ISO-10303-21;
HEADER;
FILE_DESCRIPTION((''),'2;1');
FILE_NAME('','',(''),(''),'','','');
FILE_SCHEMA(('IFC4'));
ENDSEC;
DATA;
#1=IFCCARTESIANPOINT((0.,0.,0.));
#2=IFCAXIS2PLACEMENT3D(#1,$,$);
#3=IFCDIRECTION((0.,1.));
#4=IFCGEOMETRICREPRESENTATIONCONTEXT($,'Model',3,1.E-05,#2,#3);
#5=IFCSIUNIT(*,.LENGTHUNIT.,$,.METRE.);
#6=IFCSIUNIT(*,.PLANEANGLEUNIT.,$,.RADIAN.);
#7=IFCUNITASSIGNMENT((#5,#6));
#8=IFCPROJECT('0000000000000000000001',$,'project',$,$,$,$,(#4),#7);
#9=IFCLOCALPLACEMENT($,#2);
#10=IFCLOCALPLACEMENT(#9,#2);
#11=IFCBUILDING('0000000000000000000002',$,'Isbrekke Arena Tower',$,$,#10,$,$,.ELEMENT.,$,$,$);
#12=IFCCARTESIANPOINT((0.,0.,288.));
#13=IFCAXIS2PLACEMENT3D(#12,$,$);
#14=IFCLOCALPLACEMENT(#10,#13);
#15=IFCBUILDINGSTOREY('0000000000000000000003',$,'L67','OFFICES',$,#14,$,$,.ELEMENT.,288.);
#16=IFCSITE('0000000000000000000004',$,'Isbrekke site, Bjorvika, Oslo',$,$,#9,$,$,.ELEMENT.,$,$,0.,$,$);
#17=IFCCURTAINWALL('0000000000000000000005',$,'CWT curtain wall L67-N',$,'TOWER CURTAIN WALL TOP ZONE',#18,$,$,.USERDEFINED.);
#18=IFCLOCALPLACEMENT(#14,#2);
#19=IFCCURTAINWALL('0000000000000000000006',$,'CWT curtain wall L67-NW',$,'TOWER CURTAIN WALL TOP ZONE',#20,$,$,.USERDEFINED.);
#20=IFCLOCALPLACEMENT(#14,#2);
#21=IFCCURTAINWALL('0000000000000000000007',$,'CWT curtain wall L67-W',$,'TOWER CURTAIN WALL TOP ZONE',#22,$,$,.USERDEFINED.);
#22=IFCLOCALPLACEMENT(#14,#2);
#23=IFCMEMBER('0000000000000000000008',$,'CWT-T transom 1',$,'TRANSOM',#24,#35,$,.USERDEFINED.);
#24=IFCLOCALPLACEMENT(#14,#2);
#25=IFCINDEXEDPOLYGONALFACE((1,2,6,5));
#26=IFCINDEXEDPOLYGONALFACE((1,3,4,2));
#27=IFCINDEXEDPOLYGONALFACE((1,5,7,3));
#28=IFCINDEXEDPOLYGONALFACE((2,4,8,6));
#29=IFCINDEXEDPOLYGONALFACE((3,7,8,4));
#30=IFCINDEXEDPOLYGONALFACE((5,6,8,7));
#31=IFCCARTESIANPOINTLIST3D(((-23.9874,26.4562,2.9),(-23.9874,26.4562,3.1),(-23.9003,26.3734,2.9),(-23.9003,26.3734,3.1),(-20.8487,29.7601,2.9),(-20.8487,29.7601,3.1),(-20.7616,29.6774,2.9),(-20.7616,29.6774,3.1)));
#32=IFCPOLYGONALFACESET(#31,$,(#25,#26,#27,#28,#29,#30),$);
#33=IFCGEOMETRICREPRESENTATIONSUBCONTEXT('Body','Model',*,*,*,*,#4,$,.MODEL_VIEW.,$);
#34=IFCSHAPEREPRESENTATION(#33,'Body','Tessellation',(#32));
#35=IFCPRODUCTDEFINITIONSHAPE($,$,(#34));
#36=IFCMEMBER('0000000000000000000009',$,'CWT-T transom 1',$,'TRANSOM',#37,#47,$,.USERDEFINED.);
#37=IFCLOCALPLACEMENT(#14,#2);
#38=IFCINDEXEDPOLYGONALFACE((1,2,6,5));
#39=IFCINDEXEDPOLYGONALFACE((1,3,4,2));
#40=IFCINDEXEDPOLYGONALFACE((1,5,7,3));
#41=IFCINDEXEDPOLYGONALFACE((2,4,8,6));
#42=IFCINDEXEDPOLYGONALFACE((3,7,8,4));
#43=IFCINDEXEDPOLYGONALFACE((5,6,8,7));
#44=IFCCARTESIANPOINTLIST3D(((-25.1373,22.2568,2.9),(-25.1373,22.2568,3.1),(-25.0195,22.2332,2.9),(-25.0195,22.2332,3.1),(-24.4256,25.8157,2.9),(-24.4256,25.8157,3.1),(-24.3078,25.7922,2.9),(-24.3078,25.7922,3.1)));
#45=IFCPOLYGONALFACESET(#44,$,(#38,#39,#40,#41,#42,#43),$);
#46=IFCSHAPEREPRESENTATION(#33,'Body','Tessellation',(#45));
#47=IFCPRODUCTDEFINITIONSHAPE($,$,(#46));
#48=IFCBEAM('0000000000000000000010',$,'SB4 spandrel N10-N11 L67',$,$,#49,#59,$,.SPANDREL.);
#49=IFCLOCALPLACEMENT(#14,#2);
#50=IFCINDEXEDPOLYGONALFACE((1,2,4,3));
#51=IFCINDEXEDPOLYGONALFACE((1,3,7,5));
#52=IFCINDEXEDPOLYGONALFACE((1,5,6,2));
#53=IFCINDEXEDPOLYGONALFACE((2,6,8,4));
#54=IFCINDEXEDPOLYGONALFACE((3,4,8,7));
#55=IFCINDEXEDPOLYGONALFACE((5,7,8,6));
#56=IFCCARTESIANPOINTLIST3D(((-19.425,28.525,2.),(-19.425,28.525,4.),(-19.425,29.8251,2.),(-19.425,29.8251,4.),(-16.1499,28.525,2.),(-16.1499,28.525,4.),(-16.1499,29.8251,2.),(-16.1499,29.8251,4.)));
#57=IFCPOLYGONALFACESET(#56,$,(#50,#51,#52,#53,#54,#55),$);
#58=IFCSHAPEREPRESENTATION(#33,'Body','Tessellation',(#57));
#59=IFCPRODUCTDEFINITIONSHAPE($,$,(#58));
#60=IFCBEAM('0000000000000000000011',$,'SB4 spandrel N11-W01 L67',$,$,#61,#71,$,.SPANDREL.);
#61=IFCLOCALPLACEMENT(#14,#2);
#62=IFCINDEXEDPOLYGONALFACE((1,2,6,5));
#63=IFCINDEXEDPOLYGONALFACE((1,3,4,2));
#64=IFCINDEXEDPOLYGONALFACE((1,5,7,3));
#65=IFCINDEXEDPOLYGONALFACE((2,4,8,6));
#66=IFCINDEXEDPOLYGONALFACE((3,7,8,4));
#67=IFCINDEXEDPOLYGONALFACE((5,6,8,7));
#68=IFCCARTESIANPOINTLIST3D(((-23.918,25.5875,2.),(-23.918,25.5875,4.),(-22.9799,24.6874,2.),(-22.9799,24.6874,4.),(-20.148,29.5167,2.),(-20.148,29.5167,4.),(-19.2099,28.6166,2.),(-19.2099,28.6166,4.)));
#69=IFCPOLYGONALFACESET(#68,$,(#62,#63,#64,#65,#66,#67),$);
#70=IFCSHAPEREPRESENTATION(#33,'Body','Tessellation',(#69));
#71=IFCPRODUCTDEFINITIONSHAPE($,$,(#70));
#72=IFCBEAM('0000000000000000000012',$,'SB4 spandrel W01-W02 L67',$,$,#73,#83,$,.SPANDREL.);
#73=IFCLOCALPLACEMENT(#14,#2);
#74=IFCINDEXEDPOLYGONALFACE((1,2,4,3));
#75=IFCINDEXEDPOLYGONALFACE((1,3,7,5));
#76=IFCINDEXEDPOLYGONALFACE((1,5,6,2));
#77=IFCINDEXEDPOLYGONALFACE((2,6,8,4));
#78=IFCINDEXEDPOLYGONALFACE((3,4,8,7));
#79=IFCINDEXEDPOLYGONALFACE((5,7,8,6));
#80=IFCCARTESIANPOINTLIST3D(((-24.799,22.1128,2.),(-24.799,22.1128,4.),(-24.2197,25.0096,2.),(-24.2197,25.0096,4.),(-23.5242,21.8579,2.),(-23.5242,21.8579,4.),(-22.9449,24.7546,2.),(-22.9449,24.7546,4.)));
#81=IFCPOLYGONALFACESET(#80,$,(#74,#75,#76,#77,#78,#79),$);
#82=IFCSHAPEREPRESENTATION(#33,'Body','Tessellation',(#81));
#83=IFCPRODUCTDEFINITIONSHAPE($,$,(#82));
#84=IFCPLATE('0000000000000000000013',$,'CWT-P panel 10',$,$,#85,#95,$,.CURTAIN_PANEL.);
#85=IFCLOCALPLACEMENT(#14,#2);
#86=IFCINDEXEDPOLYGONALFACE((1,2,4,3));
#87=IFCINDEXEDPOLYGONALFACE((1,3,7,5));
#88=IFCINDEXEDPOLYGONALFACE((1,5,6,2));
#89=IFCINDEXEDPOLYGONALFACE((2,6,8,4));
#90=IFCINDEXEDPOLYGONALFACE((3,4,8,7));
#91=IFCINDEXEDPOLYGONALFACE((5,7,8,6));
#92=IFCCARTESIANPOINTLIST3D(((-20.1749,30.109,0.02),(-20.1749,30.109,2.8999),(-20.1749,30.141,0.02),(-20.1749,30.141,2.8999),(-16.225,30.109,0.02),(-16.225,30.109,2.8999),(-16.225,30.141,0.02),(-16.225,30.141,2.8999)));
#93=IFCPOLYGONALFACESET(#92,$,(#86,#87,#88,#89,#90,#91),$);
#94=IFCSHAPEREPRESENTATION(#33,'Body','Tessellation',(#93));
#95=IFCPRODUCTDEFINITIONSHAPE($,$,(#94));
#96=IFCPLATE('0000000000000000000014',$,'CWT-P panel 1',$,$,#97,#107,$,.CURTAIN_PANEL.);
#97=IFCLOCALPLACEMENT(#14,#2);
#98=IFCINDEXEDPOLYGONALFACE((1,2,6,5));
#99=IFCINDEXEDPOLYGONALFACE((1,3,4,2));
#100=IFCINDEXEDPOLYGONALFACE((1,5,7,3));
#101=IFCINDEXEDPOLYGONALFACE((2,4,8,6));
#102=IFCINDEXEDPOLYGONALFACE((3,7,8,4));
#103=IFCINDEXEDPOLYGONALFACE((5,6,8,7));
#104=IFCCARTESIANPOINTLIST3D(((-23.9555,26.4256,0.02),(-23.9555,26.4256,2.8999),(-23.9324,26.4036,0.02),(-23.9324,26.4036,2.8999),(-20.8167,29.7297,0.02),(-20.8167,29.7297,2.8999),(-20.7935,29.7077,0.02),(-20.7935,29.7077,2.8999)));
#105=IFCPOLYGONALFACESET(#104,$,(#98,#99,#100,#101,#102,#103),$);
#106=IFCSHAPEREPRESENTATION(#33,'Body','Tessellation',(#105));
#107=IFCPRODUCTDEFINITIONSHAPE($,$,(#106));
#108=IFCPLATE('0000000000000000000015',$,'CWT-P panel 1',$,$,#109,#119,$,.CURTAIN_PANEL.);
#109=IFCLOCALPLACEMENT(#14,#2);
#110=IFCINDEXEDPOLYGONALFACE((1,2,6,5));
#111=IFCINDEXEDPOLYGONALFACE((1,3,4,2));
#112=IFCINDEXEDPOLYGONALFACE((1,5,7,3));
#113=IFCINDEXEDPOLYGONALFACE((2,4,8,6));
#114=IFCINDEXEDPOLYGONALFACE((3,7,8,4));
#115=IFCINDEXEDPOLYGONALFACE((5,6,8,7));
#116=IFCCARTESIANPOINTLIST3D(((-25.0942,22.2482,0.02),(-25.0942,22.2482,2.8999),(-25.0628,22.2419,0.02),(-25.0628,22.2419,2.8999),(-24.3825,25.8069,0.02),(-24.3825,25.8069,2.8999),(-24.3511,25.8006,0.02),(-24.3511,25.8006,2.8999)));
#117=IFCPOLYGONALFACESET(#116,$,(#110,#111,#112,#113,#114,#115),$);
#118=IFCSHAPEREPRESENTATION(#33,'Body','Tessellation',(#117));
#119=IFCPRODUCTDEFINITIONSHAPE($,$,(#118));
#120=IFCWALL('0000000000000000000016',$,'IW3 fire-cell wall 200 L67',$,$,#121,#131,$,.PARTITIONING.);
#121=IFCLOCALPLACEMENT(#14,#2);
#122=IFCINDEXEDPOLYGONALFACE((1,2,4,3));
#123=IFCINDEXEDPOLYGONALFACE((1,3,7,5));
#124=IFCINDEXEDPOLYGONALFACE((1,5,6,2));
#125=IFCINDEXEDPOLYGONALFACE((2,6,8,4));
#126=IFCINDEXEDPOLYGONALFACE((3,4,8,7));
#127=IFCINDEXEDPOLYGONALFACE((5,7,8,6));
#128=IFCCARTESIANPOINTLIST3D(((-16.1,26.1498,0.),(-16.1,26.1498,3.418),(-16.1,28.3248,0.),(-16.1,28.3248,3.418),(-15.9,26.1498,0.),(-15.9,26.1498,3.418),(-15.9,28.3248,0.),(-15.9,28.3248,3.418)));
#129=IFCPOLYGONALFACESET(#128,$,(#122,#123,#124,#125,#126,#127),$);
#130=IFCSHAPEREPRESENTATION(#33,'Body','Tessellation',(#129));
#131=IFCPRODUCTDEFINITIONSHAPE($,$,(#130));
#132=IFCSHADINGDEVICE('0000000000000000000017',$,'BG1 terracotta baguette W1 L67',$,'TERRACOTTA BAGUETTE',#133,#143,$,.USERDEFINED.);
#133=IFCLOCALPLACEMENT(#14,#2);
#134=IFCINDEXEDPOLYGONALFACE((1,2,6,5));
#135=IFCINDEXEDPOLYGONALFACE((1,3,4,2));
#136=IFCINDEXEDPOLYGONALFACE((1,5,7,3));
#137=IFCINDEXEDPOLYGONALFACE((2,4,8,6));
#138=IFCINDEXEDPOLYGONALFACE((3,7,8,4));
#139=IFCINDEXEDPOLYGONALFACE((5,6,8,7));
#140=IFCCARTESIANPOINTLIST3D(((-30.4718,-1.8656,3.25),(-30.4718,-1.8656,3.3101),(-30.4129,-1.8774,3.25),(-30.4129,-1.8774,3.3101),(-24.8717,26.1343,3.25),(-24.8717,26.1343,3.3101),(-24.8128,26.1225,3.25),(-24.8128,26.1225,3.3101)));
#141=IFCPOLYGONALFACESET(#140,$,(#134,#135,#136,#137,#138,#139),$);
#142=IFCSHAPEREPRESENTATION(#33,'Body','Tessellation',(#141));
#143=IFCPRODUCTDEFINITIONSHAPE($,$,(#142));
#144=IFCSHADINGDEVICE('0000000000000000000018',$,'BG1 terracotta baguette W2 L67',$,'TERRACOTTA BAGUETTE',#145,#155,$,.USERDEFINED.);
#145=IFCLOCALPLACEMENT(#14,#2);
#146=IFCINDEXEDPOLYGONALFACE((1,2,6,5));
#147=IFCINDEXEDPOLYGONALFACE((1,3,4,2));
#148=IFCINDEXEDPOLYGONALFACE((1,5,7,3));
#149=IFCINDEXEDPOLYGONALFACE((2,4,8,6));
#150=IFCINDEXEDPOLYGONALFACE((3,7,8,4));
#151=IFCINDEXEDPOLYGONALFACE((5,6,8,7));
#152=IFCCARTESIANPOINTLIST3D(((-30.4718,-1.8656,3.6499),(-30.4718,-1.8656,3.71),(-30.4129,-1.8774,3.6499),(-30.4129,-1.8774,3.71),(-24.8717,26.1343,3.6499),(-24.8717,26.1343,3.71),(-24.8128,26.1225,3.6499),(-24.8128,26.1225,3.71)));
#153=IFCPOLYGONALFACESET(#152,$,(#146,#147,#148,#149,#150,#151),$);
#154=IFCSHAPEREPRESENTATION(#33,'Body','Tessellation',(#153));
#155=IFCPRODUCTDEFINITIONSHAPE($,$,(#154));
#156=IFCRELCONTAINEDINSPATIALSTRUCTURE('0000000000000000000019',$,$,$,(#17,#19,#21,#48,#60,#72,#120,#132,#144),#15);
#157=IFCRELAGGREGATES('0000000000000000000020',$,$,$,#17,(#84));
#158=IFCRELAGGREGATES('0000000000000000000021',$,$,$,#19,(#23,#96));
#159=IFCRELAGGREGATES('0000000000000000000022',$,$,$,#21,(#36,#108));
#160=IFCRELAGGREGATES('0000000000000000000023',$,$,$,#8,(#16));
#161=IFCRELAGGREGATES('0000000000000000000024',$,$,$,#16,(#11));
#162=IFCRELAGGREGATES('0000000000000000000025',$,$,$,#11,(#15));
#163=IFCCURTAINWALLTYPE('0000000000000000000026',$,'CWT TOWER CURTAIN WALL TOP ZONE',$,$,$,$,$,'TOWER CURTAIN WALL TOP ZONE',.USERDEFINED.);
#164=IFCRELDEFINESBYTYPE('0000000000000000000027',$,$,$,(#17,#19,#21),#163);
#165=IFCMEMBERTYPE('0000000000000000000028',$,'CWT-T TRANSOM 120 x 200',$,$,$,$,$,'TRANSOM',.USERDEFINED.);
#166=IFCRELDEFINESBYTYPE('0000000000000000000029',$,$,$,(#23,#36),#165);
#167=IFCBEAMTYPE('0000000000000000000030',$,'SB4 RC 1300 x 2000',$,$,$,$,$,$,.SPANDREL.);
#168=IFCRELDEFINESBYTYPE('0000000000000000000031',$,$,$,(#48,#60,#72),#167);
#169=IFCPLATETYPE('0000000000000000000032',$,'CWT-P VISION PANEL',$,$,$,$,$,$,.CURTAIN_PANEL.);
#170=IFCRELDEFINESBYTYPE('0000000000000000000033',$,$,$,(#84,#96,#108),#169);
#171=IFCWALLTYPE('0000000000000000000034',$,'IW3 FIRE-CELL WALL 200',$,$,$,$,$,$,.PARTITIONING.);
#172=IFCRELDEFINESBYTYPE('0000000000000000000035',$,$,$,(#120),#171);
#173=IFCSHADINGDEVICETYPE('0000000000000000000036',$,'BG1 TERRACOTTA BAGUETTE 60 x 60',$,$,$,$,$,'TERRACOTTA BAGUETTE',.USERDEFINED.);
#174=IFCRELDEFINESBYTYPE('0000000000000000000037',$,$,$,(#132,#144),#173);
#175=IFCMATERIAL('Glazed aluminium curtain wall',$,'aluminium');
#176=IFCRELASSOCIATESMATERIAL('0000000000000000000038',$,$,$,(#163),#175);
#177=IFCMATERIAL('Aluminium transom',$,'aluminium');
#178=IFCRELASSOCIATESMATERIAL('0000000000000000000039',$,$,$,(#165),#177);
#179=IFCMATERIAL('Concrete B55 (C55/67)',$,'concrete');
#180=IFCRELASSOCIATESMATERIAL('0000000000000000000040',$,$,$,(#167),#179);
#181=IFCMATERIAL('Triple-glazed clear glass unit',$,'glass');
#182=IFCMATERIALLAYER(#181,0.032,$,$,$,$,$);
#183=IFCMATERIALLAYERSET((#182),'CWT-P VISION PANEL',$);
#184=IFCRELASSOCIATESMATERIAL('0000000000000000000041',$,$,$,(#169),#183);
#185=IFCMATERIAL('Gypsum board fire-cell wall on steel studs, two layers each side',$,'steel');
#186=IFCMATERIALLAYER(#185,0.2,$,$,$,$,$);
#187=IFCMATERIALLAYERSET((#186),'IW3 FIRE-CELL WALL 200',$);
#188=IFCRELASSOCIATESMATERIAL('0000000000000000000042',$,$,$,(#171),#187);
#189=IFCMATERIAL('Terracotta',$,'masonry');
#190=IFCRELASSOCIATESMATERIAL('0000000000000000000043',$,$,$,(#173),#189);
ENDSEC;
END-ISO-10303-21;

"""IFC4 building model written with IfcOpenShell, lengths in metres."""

from ifc_helpers import new_model, si_unit, direction, frame, frame_2d, origin, origin_2d, place, context, subcontext, project, spatial, rectangle, extrude, material, layer, layer_set, material_profile, profile_set, type_object, element, aggregate, save


model = new_model("IFC4")

# Units and contexts
model_context = context("Model", 3, precision=1e-05, world=origin(), true_north=direction((0.0, 1.0)))
body_context = subcontext(model_context, "Body", "Model", "MODEL_VIEW")
ifc_project = project(units=[si_unit("LENGTHUNIT", "METRE"), si_unit("PLANEANGLEUNIT", "RADIAN")], contexts=[model_context])

# Site, building, storey
site_placement = place(None, origin())
site = spatial("IfcSite", under=ifc_project, at=site_placement, Name="Isbrekke site, Bjorvika, Oslo", CompositionType="ELEMENT", RefElevation=0.0)
building_placement = place(site_placement, origin())
building = spatial("IfcBuilding", under=site, at=building_placement, Name="Isbrekke Arena Tower", CompositionType="ELEMENT")
storey_placement = place(building_placement, frame((0.0, 0.0, 288.0)))
storey = spatial("IfcBuildingStorey", under=building, at=storey_placement, Name="L67", Description="OFFICES", CompositionType="ELEMENT", Elevation=288.0)

# Curtain wall
ifc_material_1 = material(Name="Glazed aluminium curtain wall", Category="aluminium")
curtain_wall_type = type_object("IfcCurtainWallType", Name="CWT TOWER CURTAIN WALL TOP ZONE", ElementType="TOWER CURTAIN WALL TOP ZONE", PredefinedType="USERDEFINED", material=ifc_material_1)
curtain_wall_1_placement = place(storey_placement, origin())
curtain_wall_1 = element("IfcCurtainWall", 1, at=curtain_wall_1_placement, inside=storey, type_object=curtain_wall_type, Name="CWT curtain wall L67-N", ObjectType="TOWER CURTAIN WALL TOP ZONE", PredefinedType="USERDEFINED")

# Curtain wall
curtain_wall_2_placement = place(storey_placement, origin())
curtain_wall_2 = element("IfcCurtainWall", 2, at=curtain_wall_2_placement, inside=storey, type_object=curtain_wall_type, Name="CWT curtain wall L67-NW", ObjectType="TOWER CURTAIN WALL TOP ZONE", PredefinedType="USERDEFINED")

# Curtain wall
curtain_wall_3_placement = place(storey_placement, origin())
curtain_wall_3 = element("IfcCurtainWall", 3, at=curtain_wall_3_placement, inside=storey, type_object=curtain_wall_type, Name="CWT curtain wall L67-W", ObjectType="TOWER CURTAIN WALL TOP ZONE", PredefinedType="USERDEFINED")

# Members
ifc_material_2 = material(Name="Aluminium transom", Category="aluminium")
ifc_material_profile_1 = material_profile(ifc_material_2, rectangle(XDim=0.1201, YDim=0.2, at=origin_2d()), Name="TRANSOM 120X200")
ifc_profile_set_1 = profile_set([ifc_material_profile_1], Name="Aluminium transom")
member_type_1 = type_object("IfcMemberType", Name="CWT-T TRANSOM 120 x 200", ElementType="TRANSOM", PredefinedType="USERDEFINED", material=ifc_profile_set_1)
member_1_placement = place(storey_placement, frame((-20.8052, 29.7188, 3.0), z_axis=(-0.68874, -0.725009, 0.0), x_axis=(0.725009, -0.68874, 0.0)))
member_1 = element("IfcMember", 4, at=member_1_placement, type_object=member_type_1, Name="CWT-T transom 1", ObjectType="TRANSOM", PredefinedType="USERDEFINED", context=body_context, shape_type="SweptSolid", body=[
    extrude(rectangle(XDim=0.1201, YDim=0.2, at=origin_2d()), origin(), (0.0, 0.0, 1.0), 4.5571),
])
member_2_placement = place(storey_placement, frame((-24.3667, 25.804, 3.0), z_axis=(-0.19609, -0.980586, 0.0), x_axis=(0.980586, -0.19609, 0.0)))
member_2 = element("IfcMember", 5, at=member_2_placement, type_object=member_type_1, Name="CWT-T transom 1", ObjectType="TRANSOM", PredefinedType="USERDEFINED", context=body_context, shape_type="SweptSolid", body=[
    extrude(rectangle(XDim=0.1201, YDim=0.2, at=origin_2d()), origin(), (0.0, 0.0, 1.0), 3.6294),
])

# Beams
ifc_material_3 = material(Name="Concrete B55 (C55/67)", Category="concrete")
ifc_material_profile_2 = material_profile(ifc_material_3, rectangle(XDim=1.3, YDim=2.0, at=origin_2d()), Name="RC 1300x2000")
ifc_profile_set_2 = profile_set([ifc_material_profile_2], Name="Concrete B55 (C55/67)")
beam_type_1 = type_object("IfcBeamType", Name="SB4 RC 1300 x 2000", PredefinedType="SPANDREL", material=ifc_profile_set_2)
beam_1_placement = place(storey_placement, frame((-16.1499, 29.175, 3.0), z_axis=(-1.0, 0.0, 0.0), x_axis=(0.0, -1.0, 0.0)))
element("IfcBeam", 6, at=beam_1_placement, inside=storey, type_object=beam_type_1, Name="SB4 spandrel N10-N11 L67", PredefinedType="SPANDREL", context=body_context, shape_type="SweptSolid", body=[
    extrude(rectangle(XDim=1.3, YDim=2.0, at=origin_2d()), origin(), (0.0, 0.0, 1.0), 3.2751),
])
beam_2_placement = place(storey_placement, frame((-19.679, 29.0667, 3.0), z_axis=(-0.69234, -0.721572, 0.0), x_axis=(0.721572, -0.69234, 0.0)))
element("IfcBeam", 7, at=beam_2_placement, inside=storey, type_object=beam_type_1, Name="SB4 spandrel N11-W01 L67", PredefinedType="SPANDREL", context=body_context, shape_type="SweptSolid", body=[
    extrude(rectangle(XDim=1.3, YDim=2.0, at=origin_2d()), origin(), (0.0, 0.0, 1.0), 5.4453),
])
beam_3_placement = place(storey_placement, frame((-23.5823, 24.8821, 3.0), z_axis=(-0.196116, -0.980581, 0.0), x_axis=(0.980581, -0.196116, 0.0)))
element("IfcBeam", 8, at=beam_3_placement, inside=storey, type_object=beam_type_1, Name="SB4 spandrel W01-W02 L67", PredefinedType="SPANDREL", context=body_context, shape_type="SweptSolid", body=[
    extrude(rectangle(XDim=1.3, YDim=2.0, at=origin_2d()), origin(), (0.0, 0.0, 1.0), 2.9541),
])

# Plates
ifc_material_4 = material(Name="Triple-glazed clear glass unit", Category="glass")
ifc_layer_1 = layer(ifc_material_4, 0.032)
ifc_layer_set_1 = layer_set([ifc_layer_1], Name="CWT-P VISION PANEL")
plate_type = type_object("IfcPlateType", Name="CWT-P VISION PANEL", PredefinedType="CURTAIN_PANEL", material=ifc_layer_set_1)
plate_1_placement = place(storey_placement, frame((-18.2, 30.125, 0.02), z_axis=(0.0, 0.0, 1.0), x_axis=(-1.0, 0.0, 0.0)))
plate_1 = element("IfcPlate", 9, at=plate_1_placement, type_object=plate_type, Name="CWT-P panel 10", PredefinedType="CURTAIN_PANEL", context=body_context, shape_type="SweptSolid", body=[
    extrude(rectangle(XDim=3.95, YDim=0.032, at=origin_2d()), origin(), (0.0, 0.0, 1.0), 2.8799),
])
aggregate(curtain_wall_1, [plate_1])
plate_2_placement = place(storey_placement, frame((-22.3745, 28.0667, 0.02), z_axis=(0.0, 0.0, 1.0), x_axis=(-0.688749, -0.724999, 0.0)))
plate_2 = element("IfcPlate", 10, at=plate_2_placement, type_object=plate_type, Name="CWT-P panel 1", PredefinedType="CURTAIN_PANEL", context=body_context, shape_type="SweptSolid", body=[
    extrude(rectangle(XDim=4.5574, YDim=0.032, at=origin_2d()), origin(), (0.0, 0.0, 1.0), 2.8799),
])
aggregate(curtain_wall_2, [member_1, plate_2])
plate_3_placement = place(storey_placement, frame((-24.7227, 24.0244, 0.02), z_axis=(0.0, 0.0, 1.0), x_axis=(-0.196116, -0.980581, 0.0)))
plate_3 = element("IfcPlate", 11, at=plate_3_placement, type_object=plate_type, Name="CWT-P panel 1", PredefinedType="CURTAIN_PANEL", context=body_context, shape_type="SweptSolid", body=[
    extrude(rectangle(XDim=3.6292, YDim=0.032, at=origin_2d()), origin(), (0.0, 0.0, 1.0), 2.8799),
])
aggregate(curtain_wall_3, [member_2, plate_3])

# Shared definitions
ifc_material_5 = material(Name="Gypsum board fire-cell wall on steel studs, two layers each side", Category="steel")
ifc_layer_2 = layer(ifc_material_5, 0.2)
ifc_layer_set_2 = layer_set([ifc_layer_2], Name="IW3 FIRE-CELL WALL 200")
wall_type = type_object("IfcWallType", Name="IW3 FIRE-CELL WALL 200", PredefinedType="PARTITIONING", material=ifc_layer_set_2)

# Wall
wall_1_placement = place(storey_placement, frame((-16.0, 26.1499, 0.0), z_axis=(0.0, 0.0, 1.0), x_axis=(0.0, 1.0, 0.0)))
element("IfcWall", 12, at=wall_1_placement, inside=storey, type_object=wall_type, Name="IW3 fire-cell wall 200 L67", PredefinedType="PARTITIONING", context=body_context, shape_type="SweptSolid", body=[
    extrude(rectangle(XDim=2.175, YDim=0.2, at=frame_2d((1.0874, 0.0))), origin(), (0.0, 0.0, 1.0), 3.418),
])

# Shading devices
ifc_material_6 = material(Name="Terracotta", Category="masonry")
ifc_material_profile_3 = material_profile(ifc_material_6, rectangle(XDim=0.0601, YDim=0.0601, at=origin_2d()), Name="BAGUETTE 60X60")
ifc_profile_set_3 = profile_set([ifc_material_profile_3], Name="Terracotta")
shading_device_type = type_object("IfcShadingDeviceType", Name="BG1 TERRACOTTA BAGUETTE 60 x 60", ElementType="TERRACOTTA BAGUETTE", PredefinedType="USERDEFINED", material=ifc_profile_set_3)
for number, where, z_axis, x_axis, name in (
    (13, (-24.8423, 26.1284, 3.28), (-0.196119, -0.98058, 0.0), (0.98058, -0.196119, 0.0), "BG1 terracotta baguette W1 L67"),
    (14, (-24.8423, 26.1284, 3.6799), (-0.196119, -0.98058, 0.0), (0.98058, -0.196119, 0.0), "BG1 terracotta baguette W2 L67"),
):
    element("IfcShadingDevice", number, at=place(storey_placement, frame(where, z_axis=z_axis, x_axis=x_axis)), inside=storey, type_object=shading_device_type, Name=name, ObjectType="TERRACOTTA BAGUETTE", PredefinedType="USERDEFINED", context=body_context, shape_type="SweptSolid", body=[
        extrude(rectangle(XDim=0.0601, YDim=0.0601, at=origin_2d()), origin(), (0.0, 0.0, 1.0), 28.5544),
    ])

save(model, "model.ifc")
